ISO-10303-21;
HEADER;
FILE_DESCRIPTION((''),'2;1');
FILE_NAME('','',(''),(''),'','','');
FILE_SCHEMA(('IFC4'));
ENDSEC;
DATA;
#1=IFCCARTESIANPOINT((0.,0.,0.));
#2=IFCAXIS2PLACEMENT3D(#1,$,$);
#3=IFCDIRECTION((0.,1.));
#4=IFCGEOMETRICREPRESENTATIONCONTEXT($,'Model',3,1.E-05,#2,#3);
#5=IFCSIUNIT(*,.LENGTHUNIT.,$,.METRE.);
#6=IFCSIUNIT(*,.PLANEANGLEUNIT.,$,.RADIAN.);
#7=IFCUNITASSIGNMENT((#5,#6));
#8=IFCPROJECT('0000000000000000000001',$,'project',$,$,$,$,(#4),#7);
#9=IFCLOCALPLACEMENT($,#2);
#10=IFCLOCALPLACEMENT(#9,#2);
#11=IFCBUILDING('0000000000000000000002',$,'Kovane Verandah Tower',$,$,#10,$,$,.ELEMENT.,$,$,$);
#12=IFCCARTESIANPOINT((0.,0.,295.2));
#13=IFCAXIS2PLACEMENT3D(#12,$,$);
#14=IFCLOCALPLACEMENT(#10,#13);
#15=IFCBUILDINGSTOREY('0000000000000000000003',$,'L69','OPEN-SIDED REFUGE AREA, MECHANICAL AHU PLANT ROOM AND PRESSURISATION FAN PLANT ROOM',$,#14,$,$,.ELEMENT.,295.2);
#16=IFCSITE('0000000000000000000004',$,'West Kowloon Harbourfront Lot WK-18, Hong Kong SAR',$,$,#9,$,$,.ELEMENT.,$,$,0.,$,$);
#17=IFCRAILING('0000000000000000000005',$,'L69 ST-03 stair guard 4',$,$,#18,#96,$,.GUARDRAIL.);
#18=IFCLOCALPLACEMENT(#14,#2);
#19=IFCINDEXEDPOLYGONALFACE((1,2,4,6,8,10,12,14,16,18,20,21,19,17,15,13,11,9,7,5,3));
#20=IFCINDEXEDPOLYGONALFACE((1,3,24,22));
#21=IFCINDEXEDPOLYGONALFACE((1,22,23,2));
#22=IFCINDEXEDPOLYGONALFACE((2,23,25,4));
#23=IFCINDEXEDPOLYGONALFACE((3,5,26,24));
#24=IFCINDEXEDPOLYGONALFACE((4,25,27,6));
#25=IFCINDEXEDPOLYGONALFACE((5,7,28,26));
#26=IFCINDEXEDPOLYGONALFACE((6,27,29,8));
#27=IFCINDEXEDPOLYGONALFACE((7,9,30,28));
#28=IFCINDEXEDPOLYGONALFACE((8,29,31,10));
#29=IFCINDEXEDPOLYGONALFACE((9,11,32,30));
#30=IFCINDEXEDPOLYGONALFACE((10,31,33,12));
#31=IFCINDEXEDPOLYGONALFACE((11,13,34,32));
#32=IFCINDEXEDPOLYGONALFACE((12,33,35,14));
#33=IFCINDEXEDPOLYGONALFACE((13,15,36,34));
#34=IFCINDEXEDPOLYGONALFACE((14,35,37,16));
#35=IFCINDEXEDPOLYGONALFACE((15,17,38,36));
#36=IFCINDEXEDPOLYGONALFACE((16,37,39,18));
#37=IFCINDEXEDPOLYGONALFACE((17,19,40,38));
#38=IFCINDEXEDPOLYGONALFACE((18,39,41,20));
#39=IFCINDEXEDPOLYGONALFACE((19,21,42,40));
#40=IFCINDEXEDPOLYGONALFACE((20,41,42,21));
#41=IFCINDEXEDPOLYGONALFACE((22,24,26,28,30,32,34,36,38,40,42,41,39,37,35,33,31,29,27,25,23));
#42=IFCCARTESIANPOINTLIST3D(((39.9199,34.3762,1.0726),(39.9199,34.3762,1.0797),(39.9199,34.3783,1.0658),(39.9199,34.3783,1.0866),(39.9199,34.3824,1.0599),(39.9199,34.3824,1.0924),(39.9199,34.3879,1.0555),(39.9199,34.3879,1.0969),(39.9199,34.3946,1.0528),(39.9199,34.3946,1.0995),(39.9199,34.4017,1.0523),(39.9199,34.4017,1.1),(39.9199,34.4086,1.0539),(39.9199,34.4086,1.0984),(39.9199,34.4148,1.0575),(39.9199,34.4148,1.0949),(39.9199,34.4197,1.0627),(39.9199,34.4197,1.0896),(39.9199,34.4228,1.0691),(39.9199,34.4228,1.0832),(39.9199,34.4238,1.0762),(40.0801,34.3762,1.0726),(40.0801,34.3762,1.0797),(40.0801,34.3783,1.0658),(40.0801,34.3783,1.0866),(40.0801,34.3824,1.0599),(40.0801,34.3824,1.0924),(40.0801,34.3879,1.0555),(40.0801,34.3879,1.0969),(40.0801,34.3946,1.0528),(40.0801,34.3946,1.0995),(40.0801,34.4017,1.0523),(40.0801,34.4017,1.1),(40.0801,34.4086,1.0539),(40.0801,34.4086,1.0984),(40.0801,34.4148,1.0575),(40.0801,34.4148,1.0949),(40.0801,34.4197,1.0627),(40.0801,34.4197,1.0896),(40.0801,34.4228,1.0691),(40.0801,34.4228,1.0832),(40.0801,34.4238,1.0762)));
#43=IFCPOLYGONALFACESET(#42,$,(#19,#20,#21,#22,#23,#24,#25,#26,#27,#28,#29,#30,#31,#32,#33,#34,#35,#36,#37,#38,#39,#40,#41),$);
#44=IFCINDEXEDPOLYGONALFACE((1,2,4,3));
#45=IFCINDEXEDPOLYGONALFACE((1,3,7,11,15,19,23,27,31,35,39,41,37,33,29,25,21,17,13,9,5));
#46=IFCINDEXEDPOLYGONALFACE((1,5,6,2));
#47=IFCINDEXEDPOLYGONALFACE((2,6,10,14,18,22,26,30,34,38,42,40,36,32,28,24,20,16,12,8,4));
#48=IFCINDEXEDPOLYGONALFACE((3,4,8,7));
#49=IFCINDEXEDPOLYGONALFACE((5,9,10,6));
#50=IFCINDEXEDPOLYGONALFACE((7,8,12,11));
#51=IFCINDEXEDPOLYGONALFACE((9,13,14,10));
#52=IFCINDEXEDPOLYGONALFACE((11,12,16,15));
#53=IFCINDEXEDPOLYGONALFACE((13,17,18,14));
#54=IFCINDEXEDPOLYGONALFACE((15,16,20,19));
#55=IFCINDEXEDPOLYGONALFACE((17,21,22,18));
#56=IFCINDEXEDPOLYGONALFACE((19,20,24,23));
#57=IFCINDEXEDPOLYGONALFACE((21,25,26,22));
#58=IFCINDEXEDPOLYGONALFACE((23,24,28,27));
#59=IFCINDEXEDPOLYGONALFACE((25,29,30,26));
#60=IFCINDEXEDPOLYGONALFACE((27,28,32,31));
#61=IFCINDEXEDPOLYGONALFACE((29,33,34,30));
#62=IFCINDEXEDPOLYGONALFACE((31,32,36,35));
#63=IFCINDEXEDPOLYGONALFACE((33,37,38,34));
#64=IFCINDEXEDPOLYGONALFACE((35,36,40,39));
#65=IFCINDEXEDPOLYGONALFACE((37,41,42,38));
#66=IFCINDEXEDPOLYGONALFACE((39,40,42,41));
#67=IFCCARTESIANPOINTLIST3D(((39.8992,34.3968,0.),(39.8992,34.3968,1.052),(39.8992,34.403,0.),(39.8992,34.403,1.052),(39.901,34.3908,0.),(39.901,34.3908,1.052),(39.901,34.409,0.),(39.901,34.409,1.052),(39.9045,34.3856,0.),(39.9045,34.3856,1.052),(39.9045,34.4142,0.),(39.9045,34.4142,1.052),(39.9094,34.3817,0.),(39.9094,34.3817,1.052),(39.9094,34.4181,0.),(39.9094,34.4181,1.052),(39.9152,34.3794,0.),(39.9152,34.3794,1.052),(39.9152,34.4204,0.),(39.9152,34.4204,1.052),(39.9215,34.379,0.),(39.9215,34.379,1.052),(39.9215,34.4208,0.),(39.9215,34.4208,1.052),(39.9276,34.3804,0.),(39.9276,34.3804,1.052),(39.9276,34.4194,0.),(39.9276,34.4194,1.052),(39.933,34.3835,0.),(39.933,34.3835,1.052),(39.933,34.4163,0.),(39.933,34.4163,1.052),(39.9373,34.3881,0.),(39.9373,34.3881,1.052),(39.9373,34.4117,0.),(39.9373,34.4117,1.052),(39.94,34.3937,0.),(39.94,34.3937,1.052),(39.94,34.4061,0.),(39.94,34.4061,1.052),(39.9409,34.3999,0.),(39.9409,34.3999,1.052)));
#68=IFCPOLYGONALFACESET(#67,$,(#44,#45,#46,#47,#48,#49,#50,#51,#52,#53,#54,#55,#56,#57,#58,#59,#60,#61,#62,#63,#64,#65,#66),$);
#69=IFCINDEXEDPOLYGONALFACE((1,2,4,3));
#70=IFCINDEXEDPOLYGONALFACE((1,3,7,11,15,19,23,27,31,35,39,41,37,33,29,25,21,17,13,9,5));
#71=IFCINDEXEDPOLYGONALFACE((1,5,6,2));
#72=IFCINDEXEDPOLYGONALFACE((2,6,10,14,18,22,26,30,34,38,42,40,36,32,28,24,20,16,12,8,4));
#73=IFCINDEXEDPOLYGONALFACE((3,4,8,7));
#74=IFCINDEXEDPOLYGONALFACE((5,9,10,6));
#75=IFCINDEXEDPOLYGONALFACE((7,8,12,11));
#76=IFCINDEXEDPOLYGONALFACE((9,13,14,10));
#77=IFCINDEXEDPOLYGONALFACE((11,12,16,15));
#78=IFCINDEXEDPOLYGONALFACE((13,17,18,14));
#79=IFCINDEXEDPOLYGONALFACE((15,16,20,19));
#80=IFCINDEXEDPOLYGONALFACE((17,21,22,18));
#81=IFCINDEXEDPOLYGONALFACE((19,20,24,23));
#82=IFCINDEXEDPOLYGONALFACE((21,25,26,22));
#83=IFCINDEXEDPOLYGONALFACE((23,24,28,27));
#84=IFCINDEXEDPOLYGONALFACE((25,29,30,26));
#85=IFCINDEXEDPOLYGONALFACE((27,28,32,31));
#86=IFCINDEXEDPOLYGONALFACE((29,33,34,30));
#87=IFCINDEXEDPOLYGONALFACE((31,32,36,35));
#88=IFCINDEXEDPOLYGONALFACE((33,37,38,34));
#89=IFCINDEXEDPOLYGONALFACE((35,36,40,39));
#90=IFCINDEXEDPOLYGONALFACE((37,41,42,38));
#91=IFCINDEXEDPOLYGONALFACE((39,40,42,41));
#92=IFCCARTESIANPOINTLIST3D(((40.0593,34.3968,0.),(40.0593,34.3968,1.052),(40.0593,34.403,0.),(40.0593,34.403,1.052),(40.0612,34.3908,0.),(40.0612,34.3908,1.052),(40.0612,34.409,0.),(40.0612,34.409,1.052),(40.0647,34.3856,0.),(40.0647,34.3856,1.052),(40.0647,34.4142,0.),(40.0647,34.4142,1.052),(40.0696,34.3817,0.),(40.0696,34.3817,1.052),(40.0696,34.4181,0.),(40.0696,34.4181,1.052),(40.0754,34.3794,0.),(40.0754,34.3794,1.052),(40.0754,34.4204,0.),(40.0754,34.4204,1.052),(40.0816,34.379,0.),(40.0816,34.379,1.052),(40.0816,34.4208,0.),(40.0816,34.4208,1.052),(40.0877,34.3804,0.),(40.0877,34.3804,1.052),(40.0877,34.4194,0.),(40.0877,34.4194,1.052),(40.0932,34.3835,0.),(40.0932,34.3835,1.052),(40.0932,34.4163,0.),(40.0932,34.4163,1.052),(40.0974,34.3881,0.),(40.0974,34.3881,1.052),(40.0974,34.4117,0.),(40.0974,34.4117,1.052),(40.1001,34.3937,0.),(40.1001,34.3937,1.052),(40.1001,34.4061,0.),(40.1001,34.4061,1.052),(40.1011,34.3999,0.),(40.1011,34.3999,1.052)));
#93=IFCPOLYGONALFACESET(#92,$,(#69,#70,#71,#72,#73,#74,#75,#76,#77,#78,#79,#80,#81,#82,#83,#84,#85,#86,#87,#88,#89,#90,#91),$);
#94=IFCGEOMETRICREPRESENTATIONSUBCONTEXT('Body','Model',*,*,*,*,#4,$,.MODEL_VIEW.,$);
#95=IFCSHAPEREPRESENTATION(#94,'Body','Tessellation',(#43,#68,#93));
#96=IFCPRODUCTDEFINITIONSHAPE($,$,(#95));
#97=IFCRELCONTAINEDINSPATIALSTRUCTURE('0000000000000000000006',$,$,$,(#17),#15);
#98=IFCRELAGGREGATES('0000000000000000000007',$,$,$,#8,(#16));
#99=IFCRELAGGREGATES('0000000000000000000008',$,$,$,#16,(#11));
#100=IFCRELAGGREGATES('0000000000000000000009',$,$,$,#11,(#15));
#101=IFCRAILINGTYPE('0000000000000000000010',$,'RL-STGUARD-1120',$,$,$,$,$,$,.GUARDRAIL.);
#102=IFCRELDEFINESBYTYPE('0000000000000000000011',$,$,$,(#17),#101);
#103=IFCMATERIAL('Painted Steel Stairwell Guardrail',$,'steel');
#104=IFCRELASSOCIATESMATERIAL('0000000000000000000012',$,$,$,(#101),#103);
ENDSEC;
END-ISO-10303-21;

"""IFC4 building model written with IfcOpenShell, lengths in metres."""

from ifc_helpers import new_model, si_unit, direction, frame, origin, origin_2d, place, context, subcontext, project, spatial, circle, extrude, material, type_object, element, save


model = new_model("IFC4")

# Units and contexts
model_context = context("Model", 3, precision=1e-05, world=origin(), true_north=direction((0.0, 1.0)))
body_context = subcontext(model_context, "Body", "Model", "MODEL_VIEW")
ifc_project = project(units=[si_unit("LENGTHUNIT", "METRE"), si_unit("PLANEANGLEUNIT", "RADIAN")], contexts=[model_context])

# Site, building, storey
site_placement = place(None, origin())
site = spatial("IfcSite", under=ifc_project, at=site_placement, Name="West Kowloon Harbourfront Lot WK-18, Hong Kong SAR", CompositionType="ELEMENT", RefElevation=0.0)
building_placement = place(site_placement, origin())
building = spatial("IfcBuilding", under=site, at=building_placement, Name="Kovane Verandah Tower", CompositionType="ELEMENT")
storey_placement = place(building_placement, frame((0.0, 0.0, 295.2)))
storey = spatial("IfcBuildingStorey", under=building, at=storey_placement, Name="L69", Description="OPEN-SIDED REFUGE AREA, MECHANICAL AHU PLANT ROOM AND PRESSURISATION FAN PLANT ROOM", CompositionType="ELEMENT", Elevation=295.2)

# Railing
ifc_material_1 = material(Name="Painted Steel Stairwell Guardrail", Category="steel")
railing_type_1 = type_object("IfcRailingType", Name="RL-STGUARD-1120", PredefinedType="GUARDRAIL", material=ifc_material_1)
railing_1_placement = place(storey_placement, frame((39.9199, 34.3999, 0.0)))
element("IfcRailing", 1, at=railing_1_placement, inside=storey, type_object=railing_type_1, Name="L69 ST-03 stair guard 4", PredefinedType="GUARDRAIL", context=body_context, shape_type="SweptSolid", body=[
    extrude(circle(Radius=0.0239, at=origin_2d()), frame((0.0, 0.0, 1.0762), z_axis=(1.0, 0.0, 0.0), x_axis=(0.0, 1.0, 0.0)), (0.0, 0.0, 1.0), 0.1602),
    extrude(circle(Radius=0.021, at=origin_2d()), origin(), (0.0, 0.0, 1.0), 1.052),
    extrude(circle(Radius=0.021, at=origin_2d()), frame((0.1602, 0.0, 0.0)), (0.0, 0.0, 1.0), 1.052),
])

save(model, "model.ifc")
